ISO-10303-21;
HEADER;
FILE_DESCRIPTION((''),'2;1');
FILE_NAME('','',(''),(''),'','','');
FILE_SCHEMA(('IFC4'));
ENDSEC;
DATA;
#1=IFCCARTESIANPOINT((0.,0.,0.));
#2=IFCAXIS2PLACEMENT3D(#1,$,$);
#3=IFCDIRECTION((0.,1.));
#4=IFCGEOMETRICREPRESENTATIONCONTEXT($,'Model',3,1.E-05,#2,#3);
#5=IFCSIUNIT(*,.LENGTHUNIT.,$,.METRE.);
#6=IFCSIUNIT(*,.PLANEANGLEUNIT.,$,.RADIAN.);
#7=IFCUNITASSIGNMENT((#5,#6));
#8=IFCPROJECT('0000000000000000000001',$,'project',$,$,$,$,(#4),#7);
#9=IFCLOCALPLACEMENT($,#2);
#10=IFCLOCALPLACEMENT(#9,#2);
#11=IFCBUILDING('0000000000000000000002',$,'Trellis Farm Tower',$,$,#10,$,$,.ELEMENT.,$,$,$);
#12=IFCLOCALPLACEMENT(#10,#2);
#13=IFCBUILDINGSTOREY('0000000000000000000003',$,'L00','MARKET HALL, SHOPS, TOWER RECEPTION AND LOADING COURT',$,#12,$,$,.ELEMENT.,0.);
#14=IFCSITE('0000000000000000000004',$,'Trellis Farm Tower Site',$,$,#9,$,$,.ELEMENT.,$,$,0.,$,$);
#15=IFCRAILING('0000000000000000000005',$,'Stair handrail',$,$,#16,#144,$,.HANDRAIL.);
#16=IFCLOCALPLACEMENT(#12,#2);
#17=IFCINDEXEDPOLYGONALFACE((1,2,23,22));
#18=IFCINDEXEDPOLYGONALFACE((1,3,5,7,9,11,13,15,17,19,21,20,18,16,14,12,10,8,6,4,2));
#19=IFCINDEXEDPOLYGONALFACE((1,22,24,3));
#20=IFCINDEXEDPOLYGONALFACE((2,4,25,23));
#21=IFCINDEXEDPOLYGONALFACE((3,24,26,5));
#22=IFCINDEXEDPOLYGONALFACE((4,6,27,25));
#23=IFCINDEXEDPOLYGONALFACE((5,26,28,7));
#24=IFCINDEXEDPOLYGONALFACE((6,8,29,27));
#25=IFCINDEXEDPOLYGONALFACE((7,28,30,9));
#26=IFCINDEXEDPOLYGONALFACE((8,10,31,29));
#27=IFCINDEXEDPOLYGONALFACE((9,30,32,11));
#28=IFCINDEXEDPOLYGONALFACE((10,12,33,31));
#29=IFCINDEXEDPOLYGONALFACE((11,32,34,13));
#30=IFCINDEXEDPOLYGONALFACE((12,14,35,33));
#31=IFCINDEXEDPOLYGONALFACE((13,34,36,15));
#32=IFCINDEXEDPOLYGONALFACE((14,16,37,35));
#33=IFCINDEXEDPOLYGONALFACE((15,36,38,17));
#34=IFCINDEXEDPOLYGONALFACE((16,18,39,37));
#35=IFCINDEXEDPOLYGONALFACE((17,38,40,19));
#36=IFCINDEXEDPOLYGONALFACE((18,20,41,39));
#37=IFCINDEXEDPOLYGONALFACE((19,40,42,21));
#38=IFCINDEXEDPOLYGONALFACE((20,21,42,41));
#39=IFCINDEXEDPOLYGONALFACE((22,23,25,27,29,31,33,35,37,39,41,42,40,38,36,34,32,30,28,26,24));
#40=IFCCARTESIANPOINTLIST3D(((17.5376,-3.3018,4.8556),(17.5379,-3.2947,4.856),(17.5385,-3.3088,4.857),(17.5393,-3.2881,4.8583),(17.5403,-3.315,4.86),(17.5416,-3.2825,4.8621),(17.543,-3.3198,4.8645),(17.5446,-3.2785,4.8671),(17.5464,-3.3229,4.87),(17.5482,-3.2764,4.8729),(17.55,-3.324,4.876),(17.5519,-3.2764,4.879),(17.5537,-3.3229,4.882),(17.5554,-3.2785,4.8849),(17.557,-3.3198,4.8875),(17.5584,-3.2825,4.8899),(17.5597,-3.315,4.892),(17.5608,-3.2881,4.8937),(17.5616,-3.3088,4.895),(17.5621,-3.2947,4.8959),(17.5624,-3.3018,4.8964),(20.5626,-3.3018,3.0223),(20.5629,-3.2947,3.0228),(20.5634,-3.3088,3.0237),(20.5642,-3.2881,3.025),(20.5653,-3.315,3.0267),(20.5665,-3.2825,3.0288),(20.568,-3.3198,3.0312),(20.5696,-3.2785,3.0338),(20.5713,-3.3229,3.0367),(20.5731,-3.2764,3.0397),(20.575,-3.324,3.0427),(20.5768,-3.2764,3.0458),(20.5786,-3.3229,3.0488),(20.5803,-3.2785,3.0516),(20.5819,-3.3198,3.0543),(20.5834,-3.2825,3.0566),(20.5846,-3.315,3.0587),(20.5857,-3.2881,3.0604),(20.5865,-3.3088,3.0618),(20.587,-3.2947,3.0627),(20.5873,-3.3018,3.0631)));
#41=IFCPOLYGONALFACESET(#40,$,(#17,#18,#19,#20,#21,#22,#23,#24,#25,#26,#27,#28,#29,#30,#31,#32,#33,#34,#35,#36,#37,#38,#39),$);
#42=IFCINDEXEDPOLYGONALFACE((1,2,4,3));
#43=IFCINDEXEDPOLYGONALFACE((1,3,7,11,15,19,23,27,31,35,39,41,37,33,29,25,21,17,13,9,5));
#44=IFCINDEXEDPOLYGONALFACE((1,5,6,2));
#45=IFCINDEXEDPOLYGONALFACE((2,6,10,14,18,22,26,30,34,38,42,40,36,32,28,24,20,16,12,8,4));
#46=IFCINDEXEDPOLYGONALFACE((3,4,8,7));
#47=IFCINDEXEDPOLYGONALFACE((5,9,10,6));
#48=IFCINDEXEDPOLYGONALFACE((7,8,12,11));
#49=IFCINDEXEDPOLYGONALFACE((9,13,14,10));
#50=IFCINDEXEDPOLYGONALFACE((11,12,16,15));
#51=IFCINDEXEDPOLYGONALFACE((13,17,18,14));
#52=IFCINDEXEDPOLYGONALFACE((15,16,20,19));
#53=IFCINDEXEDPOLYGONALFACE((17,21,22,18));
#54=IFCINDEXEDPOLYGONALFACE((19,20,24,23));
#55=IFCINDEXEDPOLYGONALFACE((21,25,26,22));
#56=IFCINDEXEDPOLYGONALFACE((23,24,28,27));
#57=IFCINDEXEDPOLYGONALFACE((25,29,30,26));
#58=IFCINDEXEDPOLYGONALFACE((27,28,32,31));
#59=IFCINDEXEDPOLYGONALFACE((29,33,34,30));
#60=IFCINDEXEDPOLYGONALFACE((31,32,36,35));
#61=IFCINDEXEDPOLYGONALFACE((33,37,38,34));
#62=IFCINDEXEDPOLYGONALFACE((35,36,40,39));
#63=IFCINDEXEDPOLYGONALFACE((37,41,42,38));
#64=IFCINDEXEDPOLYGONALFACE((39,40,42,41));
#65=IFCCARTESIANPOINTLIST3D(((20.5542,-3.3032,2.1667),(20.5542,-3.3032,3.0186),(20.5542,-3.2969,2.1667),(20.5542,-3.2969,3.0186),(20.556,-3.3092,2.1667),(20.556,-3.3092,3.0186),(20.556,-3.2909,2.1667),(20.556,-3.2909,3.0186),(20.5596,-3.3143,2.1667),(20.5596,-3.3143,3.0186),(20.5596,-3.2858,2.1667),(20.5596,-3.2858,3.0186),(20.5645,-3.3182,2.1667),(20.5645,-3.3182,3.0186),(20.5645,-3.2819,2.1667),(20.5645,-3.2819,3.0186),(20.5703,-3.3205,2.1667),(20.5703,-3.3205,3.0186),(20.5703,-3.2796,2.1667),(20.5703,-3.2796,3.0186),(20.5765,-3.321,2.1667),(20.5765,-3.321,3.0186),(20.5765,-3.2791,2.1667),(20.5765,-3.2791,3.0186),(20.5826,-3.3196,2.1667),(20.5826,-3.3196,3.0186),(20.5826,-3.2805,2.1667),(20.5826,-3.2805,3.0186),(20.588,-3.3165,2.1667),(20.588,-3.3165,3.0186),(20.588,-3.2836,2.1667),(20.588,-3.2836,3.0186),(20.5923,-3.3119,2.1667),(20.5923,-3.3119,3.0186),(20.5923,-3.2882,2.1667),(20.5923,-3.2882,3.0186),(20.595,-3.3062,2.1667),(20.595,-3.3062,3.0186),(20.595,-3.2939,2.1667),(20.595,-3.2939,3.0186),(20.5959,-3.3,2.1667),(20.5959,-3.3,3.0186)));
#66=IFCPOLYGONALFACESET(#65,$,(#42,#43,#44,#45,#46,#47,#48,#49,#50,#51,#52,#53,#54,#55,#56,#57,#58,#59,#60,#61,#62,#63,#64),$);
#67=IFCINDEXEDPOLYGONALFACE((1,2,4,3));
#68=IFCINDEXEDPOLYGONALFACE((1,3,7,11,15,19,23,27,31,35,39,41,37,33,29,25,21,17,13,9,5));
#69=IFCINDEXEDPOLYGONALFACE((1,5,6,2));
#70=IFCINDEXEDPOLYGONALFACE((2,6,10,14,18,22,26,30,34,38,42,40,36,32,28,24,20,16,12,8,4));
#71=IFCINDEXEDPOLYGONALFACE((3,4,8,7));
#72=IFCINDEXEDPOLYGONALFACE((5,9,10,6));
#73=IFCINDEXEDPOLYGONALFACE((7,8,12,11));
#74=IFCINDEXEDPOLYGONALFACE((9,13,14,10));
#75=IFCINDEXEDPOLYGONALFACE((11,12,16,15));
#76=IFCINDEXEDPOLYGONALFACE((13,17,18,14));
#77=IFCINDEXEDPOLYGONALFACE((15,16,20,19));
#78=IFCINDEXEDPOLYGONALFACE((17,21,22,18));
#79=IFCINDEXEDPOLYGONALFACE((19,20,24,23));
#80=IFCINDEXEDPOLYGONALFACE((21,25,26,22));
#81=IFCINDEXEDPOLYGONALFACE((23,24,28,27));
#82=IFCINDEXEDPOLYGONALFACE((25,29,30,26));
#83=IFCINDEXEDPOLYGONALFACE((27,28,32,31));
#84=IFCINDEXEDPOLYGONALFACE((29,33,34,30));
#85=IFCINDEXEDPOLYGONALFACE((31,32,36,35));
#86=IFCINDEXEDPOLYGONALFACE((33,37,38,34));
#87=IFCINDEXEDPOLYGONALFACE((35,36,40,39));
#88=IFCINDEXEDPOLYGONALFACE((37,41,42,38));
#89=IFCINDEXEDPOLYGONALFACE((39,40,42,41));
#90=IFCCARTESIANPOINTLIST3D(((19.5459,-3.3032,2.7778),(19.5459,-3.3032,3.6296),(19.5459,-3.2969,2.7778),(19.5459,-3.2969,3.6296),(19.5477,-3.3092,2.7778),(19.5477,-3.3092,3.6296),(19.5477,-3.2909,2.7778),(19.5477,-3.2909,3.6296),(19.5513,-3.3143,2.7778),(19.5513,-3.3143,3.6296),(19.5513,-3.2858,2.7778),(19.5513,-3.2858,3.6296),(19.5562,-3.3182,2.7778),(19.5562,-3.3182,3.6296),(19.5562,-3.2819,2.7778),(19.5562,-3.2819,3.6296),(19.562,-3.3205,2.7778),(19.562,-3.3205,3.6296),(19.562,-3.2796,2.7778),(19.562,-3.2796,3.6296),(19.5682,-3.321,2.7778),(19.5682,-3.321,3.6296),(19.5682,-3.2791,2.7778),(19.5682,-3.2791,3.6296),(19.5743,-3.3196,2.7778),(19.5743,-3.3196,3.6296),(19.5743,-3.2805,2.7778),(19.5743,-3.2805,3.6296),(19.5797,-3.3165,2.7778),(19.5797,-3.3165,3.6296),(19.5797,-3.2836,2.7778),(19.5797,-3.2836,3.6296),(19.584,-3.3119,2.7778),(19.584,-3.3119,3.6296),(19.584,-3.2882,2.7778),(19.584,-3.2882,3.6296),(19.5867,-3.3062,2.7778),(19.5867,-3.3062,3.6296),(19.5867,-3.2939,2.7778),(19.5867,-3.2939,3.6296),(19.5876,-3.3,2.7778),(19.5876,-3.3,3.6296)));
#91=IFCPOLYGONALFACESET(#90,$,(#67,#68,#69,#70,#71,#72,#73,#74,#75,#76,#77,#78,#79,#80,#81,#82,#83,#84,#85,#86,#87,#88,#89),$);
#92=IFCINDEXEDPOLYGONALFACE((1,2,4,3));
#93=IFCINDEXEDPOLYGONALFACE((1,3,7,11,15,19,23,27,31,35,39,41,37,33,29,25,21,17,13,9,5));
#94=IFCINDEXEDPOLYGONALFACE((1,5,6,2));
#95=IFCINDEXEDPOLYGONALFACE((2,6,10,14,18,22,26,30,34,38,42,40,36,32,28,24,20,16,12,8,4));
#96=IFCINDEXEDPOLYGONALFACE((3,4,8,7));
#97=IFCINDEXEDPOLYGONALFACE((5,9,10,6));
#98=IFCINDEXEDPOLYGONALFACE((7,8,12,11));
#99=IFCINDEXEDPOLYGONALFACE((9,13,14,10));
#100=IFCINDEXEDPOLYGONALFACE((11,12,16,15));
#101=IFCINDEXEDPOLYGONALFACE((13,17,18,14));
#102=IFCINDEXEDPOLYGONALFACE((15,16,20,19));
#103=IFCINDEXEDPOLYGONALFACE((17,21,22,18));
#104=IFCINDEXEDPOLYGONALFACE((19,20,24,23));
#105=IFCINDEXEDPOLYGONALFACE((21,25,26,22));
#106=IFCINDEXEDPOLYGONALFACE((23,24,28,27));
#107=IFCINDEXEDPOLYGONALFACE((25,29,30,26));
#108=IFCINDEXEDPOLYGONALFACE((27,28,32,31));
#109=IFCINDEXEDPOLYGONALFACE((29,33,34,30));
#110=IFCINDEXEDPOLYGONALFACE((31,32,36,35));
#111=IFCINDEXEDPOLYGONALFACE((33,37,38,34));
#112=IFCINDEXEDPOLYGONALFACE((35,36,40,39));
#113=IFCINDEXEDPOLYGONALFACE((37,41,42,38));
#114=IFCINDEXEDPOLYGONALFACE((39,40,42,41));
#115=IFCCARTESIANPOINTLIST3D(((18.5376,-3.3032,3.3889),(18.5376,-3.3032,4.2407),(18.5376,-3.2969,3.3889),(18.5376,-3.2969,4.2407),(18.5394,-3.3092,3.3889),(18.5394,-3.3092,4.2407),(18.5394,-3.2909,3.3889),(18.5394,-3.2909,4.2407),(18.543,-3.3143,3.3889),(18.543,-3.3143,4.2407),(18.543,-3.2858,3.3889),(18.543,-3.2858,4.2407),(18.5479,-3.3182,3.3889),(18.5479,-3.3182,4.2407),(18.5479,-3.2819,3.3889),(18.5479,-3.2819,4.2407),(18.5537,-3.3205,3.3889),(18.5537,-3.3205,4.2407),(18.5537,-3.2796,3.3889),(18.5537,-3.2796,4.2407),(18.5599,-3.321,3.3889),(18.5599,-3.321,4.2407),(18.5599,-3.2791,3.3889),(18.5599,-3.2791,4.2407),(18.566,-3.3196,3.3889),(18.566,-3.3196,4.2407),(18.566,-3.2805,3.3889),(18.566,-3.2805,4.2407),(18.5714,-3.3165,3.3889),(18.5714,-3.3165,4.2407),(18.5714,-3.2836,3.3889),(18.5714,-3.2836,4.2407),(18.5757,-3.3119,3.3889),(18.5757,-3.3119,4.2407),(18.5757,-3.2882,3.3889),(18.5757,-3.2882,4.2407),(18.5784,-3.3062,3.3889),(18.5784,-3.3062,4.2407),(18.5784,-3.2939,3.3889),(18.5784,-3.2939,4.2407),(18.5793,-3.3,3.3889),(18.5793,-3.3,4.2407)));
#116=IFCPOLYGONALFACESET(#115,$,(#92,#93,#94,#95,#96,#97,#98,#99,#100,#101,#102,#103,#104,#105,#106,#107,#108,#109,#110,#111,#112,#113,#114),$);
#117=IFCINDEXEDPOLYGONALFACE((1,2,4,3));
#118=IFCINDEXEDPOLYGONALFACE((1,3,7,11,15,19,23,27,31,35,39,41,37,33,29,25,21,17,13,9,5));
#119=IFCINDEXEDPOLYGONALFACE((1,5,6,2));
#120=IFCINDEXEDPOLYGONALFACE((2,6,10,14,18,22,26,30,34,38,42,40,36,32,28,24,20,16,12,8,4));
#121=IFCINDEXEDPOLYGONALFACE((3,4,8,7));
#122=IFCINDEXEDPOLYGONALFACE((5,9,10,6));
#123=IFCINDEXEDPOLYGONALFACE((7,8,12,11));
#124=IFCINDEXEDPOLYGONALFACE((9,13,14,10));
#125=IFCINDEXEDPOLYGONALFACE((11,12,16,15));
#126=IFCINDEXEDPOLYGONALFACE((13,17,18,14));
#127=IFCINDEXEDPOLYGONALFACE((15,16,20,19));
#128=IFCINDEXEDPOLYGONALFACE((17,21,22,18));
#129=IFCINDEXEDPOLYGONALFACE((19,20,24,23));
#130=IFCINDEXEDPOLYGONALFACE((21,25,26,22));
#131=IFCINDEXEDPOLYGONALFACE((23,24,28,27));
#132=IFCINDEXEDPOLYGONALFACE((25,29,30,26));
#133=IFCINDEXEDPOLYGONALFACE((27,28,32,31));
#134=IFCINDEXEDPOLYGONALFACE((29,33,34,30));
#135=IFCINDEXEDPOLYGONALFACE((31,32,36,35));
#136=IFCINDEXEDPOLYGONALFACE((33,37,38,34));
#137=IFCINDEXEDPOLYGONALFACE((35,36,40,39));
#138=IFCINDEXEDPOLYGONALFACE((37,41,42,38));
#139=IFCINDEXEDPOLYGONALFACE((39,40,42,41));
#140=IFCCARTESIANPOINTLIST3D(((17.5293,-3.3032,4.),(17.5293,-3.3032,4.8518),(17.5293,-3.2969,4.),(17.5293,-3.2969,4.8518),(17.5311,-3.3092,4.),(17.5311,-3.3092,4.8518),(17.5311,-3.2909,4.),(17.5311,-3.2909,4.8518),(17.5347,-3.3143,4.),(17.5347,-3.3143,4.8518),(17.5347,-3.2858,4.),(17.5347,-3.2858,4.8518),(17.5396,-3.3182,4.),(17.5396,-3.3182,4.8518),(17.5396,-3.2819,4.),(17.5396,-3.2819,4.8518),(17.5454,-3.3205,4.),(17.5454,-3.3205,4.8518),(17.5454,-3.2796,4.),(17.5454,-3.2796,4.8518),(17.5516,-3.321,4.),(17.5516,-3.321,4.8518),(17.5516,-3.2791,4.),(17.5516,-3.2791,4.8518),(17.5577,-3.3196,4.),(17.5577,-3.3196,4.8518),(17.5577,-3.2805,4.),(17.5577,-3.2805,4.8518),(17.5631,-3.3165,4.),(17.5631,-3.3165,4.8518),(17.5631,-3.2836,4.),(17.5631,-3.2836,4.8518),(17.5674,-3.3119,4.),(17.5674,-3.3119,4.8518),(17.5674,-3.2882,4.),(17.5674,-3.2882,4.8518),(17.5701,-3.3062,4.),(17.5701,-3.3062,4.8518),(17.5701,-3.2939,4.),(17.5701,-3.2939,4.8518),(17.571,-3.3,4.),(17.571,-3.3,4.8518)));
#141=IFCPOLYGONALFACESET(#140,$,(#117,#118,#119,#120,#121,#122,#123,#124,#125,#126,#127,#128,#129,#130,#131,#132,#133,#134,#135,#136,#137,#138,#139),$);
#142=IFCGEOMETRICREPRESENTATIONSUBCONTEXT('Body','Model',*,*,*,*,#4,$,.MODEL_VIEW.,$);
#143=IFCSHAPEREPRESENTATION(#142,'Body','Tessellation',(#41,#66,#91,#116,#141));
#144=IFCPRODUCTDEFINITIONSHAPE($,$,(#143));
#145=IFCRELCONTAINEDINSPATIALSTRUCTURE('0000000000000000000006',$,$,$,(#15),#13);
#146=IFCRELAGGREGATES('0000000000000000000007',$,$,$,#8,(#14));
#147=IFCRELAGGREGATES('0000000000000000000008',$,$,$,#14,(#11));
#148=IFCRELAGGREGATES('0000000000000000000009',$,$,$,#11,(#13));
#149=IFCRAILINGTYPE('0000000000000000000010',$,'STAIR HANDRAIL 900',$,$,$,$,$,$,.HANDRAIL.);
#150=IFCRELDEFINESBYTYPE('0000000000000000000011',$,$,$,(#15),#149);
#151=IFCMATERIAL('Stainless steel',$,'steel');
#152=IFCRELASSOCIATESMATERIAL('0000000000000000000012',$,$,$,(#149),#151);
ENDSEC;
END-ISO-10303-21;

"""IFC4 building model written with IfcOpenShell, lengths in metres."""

from ifc_helpers import new_model, si_unit, direction, frame, origin, origin_2d, place, context, subcontext, project, spatial, circle, extrude, source, transform, mapped, material, type_object, element, save


model = new_model("IFC4")

# Units and contexts
model_context = context("Model", 3, precision=1e-05, world=origin(), true_north=direction((0.0, 1.0)))
body_context = subcontext(model_context, "Body", "Model", "MODEL_VIEW")
ifc_project = project(units=[si_unit("LENGTHUNIT", "METRE"), si_unit("PLANEANGLEUNIT", "RADIAN")], contexts=[model_context])

# Site, building, storey
site_placement = place(None, origin())
site = spatial("IfcSite", under=ifc_project, at=site_placement, Name="Trellis Farm Tower Site", CompositionType="ELEMENT", RefElevation=0.0)
building_placement = place(site_placement, origin())
building = spatial("IfcBuilding", under=site, at=building_placement, Name="Trellis Farm Tower", CompositionType="ELEMENT")
storey_placement = place(building_placement, origin())
storey = spatial("IfcBuildingStorey", under=building, at=storey_placement, Name="L00", Description="MARKET HALL, SHOPS, TOWER RECEPTION AND LOADING COURT", CompositionType="ELEMENT", Elevation=0.0)

# Railing
ifc_material_1 = material(Name="Stainless steel", Category="steel")
railing_type = type_object("IfcRailingType", Name="STAIR HANDRAIL 900", PredefinedType="HANDRAIL", material=ifc_material_1)
shared_shape_1 = source(origin(), body_context, "Body", "SweptSolid", [
    extrude(circle(Radius=0.0239, at=origin_2d()), frame((0.0, 0.0, 0.876), z_axis=(-0.855201, 0.0, 0.518297), x_axis=(0.0, -1.0, 0.0)), (0.0, 0.0, 1.0), 3.5371),
    extrude(circle(Radius=0.021, at=origin_2d()), origin(), (0.0, 0.0, 1.0), 0.8518),
    extrude(circle(Radius=0.021, at=origin_2d()), frame((-1.0083, 0.0, 0.6111)), (0.0, 0.0, 1.0), 0.8518),
    extrude(circle(Radius=0.021, at=origin_2d()), frame((-2.0166, 0.0, 1.2222)), (0.0, 0.0, 1.0), 0.8518),
    extrude(circle(Radius=0.021, at=origin_2d()), frame((-3.0249, 0.0, 1.8333)), (0.0, 0.0, 1.0), 0.8518),
])
for number, where, name in (
    (1, (20.575, -3.3, 2.1667), "Stair handrail"),
):
    element("IfcRailing", number, at=place(storey_placement, frame(where)), inside=storey, type_object=railing_type, Name=name, PredefinedType="HANDRAIL", context=body_context, shape_type="MappedRepresentation", body=[
        mapped(shared_shape_1, transform((0.0, 0.0, 0.0))),
    ])

save(model, "model.ifc")
